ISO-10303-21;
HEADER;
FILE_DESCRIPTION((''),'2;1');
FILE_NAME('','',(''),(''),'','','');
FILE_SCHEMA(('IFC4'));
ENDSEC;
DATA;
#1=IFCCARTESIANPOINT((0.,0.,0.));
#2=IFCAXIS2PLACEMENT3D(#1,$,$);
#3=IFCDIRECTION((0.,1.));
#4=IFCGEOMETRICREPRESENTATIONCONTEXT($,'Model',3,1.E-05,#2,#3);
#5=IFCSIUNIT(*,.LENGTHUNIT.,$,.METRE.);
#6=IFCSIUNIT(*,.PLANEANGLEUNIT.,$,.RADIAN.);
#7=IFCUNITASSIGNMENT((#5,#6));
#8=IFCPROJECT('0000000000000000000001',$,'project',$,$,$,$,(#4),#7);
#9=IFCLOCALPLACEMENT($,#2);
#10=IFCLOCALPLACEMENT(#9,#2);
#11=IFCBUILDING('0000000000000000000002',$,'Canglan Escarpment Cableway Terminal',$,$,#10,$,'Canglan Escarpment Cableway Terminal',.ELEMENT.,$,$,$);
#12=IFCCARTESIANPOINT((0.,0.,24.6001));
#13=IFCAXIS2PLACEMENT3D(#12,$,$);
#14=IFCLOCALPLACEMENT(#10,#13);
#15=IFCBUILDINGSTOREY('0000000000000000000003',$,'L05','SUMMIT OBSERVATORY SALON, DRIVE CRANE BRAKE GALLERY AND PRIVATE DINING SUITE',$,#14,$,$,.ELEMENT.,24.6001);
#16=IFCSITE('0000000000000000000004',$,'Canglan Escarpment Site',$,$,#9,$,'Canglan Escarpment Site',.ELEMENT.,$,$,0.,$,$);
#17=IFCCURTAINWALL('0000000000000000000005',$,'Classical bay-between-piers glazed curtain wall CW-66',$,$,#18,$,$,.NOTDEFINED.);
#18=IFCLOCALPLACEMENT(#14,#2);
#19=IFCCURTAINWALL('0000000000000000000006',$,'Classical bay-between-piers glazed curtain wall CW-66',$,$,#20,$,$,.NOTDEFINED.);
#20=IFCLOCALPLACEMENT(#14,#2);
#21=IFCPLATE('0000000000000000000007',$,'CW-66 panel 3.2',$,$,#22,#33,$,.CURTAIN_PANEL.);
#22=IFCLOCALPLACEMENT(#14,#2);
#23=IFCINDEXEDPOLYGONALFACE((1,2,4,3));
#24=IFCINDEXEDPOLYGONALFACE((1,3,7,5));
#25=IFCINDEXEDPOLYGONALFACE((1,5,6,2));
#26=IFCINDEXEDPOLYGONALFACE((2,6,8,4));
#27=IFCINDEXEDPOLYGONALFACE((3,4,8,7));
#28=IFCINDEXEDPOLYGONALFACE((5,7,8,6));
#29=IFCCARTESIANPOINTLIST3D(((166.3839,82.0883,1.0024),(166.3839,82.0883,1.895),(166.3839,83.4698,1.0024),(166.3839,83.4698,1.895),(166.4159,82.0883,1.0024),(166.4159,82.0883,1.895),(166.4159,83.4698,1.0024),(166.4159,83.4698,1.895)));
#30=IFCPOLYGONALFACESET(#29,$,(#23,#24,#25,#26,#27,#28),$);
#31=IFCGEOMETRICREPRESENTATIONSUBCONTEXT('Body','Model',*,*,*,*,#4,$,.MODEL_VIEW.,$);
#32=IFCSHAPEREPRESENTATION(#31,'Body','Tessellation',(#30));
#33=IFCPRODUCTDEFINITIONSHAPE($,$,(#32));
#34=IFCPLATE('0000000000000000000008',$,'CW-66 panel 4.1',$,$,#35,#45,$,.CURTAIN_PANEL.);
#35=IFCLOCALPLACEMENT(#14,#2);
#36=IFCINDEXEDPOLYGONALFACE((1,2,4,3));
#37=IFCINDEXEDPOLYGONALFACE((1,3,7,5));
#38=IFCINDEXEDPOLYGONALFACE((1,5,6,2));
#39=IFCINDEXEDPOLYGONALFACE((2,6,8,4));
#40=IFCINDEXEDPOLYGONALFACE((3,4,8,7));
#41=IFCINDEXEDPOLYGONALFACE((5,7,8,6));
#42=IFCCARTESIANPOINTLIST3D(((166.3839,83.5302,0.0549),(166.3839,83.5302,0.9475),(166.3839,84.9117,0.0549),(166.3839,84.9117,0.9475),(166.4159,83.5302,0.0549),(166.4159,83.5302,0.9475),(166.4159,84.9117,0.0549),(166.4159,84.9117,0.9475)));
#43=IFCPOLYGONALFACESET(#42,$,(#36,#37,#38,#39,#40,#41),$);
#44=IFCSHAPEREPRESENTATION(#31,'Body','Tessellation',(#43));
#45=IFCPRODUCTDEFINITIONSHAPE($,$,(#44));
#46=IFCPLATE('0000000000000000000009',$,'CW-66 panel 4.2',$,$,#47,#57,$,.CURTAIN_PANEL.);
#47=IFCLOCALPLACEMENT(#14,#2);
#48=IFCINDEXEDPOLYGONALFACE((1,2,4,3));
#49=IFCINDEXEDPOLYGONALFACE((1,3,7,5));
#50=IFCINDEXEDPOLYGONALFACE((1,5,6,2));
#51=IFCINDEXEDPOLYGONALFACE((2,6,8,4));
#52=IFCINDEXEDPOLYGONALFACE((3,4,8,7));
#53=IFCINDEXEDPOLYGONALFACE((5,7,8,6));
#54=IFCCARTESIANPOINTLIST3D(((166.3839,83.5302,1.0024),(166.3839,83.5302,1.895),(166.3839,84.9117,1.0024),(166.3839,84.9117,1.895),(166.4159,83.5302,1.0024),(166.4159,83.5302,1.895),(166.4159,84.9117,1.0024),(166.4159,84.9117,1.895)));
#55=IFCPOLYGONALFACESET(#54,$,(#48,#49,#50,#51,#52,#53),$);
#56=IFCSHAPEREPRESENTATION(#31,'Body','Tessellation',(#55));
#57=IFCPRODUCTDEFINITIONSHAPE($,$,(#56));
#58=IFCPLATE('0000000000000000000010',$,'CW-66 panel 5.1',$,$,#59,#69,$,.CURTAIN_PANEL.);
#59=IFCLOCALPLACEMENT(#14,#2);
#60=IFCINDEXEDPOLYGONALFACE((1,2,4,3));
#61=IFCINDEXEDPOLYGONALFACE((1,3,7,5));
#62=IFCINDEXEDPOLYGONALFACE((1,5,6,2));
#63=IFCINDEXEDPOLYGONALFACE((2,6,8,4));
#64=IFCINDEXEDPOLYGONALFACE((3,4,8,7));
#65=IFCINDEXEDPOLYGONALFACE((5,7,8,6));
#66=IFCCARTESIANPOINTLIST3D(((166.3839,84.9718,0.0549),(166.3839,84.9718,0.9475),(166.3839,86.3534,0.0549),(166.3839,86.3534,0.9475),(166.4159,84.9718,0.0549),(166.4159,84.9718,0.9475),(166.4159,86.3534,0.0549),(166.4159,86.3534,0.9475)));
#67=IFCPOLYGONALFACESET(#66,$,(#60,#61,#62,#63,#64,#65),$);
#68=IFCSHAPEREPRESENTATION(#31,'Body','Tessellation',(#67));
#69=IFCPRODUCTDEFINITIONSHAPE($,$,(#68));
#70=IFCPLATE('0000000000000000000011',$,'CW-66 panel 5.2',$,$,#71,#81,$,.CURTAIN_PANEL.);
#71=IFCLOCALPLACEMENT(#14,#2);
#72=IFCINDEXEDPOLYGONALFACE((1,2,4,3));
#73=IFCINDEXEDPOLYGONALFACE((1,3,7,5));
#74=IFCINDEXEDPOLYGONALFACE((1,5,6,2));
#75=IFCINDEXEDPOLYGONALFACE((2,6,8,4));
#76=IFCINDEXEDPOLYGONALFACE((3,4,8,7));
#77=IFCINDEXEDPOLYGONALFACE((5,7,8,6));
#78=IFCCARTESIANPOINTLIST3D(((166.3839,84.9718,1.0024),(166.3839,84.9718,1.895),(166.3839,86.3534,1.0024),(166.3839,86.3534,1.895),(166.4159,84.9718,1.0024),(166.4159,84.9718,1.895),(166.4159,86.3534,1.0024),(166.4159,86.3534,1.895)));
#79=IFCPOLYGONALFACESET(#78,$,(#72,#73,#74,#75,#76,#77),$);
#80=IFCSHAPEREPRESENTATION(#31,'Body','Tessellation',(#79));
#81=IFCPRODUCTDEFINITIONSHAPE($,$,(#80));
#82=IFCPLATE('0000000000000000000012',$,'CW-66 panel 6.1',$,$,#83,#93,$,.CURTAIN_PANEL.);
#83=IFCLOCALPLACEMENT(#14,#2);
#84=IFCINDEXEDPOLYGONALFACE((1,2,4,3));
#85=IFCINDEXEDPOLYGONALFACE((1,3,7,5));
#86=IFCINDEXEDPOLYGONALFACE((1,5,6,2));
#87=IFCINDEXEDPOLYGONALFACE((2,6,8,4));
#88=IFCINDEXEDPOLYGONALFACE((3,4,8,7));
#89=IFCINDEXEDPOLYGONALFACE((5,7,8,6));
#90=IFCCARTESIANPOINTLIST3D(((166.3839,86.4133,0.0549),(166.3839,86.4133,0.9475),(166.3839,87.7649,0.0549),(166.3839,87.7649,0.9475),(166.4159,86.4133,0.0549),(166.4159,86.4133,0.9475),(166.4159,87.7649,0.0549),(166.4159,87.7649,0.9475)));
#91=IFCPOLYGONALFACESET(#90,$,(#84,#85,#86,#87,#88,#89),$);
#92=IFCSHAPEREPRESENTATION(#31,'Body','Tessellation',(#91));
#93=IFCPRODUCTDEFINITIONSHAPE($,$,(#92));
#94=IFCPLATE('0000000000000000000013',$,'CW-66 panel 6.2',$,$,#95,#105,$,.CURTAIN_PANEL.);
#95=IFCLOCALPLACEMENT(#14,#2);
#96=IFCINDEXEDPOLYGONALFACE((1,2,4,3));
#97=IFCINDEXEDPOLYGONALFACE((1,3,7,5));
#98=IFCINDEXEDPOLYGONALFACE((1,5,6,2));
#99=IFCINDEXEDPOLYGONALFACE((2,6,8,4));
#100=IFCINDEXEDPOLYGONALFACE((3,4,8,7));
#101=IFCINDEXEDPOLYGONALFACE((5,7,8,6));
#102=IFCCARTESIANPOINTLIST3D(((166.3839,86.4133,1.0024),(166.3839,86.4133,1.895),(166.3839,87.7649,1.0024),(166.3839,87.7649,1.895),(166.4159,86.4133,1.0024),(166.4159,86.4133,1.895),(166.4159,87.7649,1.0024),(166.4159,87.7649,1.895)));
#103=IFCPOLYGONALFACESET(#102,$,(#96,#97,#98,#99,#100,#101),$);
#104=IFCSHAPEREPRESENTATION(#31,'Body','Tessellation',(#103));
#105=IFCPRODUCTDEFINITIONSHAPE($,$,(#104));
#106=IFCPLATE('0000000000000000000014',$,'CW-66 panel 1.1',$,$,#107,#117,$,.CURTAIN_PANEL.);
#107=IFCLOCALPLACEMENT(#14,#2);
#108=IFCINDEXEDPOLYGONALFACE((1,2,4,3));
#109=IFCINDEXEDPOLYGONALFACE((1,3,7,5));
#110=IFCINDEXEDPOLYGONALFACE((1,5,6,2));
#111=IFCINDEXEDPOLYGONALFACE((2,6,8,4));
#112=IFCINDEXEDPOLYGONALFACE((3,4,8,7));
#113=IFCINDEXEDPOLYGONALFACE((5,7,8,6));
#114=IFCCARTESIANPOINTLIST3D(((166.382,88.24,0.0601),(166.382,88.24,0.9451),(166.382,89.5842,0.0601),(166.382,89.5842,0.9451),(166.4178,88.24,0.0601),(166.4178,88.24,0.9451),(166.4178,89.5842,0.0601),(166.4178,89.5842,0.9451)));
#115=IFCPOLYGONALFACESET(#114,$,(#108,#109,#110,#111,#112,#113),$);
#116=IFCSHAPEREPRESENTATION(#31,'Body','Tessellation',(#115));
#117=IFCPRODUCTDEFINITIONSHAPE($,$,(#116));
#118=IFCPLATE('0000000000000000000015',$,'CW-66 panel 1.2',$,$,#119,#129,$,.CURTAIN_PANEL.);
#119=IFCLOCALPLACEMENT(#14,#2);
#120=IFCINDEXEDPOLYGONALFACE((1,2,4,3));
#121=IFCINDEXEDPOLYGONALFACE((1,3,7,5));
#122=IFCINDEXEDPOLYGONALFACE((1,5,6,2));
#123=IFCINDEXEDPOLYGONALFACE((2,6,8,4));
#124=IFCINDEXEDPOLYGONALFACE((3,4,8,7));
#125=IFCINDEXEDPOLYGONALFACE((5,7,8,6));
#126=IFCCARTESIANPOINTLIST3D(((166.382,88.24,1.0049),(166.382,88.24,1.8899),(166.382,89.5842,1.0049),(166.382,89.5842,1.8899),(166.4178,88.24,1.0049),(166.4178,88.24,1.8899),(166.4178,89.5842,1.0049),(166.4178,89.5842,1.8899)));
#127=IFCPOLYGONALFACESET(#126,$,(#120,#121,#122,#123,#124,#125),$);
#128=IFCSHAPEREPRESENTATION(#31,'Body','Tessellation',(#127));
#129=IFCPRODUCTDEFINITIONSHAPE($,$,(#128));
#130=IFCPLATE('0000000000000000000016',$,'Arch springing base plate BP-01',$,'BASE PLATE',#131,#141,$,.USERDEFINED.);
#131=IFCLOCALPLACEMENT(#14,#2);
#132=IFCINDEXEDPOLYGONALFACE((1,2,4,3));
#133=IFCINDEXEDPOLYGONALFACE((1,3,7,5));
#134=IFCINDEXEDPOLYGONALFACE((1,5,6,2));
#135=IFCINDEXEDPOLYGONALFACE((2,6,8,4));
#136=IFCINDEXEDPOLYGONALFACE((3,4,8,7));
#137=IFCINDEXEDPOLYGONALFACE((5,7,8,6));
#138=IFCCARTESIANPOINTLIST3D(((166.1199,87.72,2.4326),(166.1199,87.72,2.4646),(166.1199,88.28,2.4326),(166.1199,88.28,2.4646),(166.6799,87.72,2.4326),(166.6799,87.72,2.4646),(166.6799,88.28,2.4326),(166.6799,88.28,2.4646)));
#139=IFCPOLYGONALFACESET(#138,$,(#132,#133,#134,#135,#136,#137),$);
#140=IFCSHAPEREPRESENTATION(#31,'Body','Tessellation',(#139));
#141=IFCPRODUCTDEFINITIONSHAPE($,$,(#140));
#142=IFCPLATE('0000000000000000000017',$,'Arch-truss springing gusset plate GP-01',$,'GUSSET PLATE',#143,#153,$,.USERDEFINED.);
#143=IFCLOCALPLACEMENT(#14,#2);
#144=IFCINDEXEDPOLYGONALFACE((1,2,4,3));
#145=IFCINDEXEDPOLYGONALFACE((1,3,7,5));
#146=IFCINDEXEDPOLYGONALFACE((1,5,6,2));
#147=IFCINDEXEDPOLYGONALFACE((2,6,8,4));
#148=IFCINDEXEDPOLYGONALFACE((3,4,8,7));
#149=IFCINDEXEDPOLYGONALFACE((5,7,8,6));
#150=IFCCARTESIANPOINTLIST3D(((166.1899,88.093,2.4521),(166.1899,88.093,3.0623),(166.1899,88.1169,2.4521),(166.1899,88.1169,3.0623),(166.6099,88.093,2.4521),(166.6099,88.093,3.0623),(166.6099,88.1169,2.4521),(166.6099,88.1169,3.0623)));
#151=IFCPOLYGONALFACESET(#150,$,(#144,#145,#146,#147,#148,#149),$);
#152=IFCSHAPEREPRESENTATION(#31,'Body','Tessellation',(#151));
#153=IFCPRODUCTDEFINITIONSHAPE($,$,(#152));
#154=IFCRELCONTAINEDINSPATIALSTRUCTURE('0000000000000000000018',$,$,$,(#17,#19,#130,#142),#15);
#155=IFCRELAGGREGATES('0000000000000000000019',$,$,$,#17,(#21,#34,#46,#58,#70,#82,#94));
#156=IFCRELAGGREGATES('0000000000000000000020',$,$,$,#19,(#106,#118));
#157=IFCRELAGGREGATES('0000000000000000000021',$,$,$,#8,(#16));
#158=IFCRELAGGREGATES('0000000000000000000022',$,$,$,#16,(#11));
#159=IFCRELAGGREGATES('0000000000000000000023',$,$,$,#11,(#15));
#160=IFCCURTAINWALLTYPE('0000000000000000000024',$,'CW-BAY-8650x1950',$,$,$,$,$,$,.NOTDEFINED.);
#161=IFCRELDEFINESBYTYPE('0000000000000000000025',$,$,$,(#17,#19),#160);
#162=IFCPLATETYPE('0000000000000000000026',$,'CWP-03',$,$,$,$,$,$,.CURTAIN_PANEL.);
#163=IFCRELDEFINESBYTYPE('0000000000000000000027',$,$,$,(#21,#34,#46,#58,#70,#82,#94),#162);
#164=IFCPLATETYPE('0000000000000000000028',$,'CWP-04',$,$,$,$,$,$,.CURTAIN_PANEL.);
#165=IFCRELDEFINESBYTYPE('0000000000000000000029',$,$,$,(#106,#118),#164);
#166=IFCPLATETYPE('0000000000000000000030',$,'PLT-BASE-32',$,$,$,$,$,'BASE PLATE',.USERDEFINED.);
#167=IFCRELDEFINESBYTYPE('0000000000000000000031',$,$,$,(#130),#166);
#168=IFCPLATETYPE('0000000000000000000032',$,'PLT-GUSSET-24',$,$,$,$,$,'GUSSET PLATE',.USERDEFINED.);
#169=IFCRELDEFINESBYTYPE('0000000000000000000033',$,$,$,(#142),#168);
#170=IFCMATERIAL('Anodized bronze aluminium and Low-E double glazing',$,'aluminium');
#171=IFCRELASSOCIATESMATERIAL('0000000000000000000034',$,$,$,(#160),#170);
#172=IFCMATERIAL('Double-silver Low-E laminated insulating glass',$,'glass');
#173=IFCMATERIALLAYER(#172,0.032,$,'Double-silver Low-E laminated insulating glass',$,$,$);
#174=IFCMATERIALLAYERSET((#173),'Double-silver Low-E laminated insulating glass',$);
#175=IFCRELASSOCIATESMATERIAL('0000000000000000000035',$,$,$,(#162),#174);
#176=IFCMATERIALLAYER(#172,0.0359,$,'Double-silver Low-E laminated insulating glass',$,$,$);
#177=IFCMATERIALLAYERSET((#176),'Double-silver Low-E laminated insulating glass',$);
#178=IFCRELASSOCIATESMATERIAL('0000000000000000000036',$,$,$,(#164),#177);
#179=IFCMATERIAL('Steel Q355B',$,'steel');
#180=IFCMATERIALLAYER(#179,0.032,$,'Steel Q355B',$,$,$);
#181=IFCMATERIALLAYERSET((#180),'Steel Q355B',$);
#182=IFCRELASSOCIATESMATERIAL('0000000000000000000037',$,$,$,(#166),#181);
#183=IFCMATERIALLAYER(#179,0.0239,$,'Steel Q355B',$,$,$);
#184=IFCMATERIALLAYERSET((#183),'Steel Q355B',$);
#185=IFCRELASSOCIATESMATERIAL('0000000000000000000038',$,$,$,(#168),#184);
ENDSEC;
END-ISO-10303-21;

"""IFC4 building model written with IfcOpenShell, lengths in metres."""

from ifc_helpers import new_model, si_unit, direction, frame, origin, origin_2d, place, context, subcontext, project, spatial, rectangle, extrude, material, layer, layer_set, type_object, element, aggregate, save


model = new_model("IFC4")

# Units and contexts
model_context = context("Model", 3, precision=1e-05, world=origin(), true_north=direction((0.0, 1.0)))
body_context = subcontext(model_context, "Body", "Model", "MODEL_VIEW")
ifc_project = project(units=[si_unit("LENGTHUNIT", "METRE"), si_unit("PLANEANGLEUNIT", "RADIAN")], contexts=[model_context])

# Site, building, storey
site_placement = place(None, origin())
site = spatial("IfcSite", under=ifc_project, at=site_placement, Name="Canglan Escarpment Site", LongName="Canglan Escarpment Site", CompositionType="ELEMENT", RefElevation=0.0)
building_placement = place(site_placement, origin())
building = spatial("IfcBuilding", under=site, at=building_placement, Name="Canglan Escarpment Cableway Terminal", LongName="Canglan Escarpment Cableway Terminal", CompositionType="ELEMENT")
storey_placement = place(building_placement, frame((0.0, 0.0, 24.6001)))
storey = spatial("IfcBuildingStorey", under=building, at=storey_placement, Name="L05", Description="SUMMIT OBSERVATORY SALON, DRIVE CRANE BRAKE GALLERY AND PRIVATE DINING SUITE", CompositionType="ELEMENT", Elevation=24.6001)

# Shared definitions
ifc_material_1 = material(Name="Steel Q355B", Category="steel")

# Curtain walls
ifc_material_2 = material(Name="Anodized bronze aluminium and Low-E double glazing", Category="aluminium")
curtain_wall_type = type_object("IfcCurtainWallType", Name="CW-BAY-8650x1950", PredefinedType="NOTDEFINED", material=ifc_material_2)
curtain_wall_1_placement = place(storey_placement, origin())
curtain_wall_1 = element("IfcCurtainWall", 1, at=curtain_wall_1_placement, inside=storey, type_object=curtain_wall_type, Name="Classical bay-between-piers glazed curtain wall CW-66", PredefinedType="NOTDEFINED")
curtain_wall_2_placement = place(storey_placement, origin())
curtain_wall_2 = element("IfcCurtainWall", 2, at=curtain_wall_2_placement, inside=storey, type_object=curtain_wall_type, Name="Classical bay-between-piers glazed curtain wall CW-66", PredefinedType="NOTDEFINED")

# Plates
ifc_material_3 = material(Name="Double-silver Low-E laminated insulating glass", Category="glass")
ifc_layer_1 = layer(ifc_material_3, 0.032, Name="Double-silver Low-E laminated insulating glass")
ifc_layer_set_1 = layer_set([ifc_layer_1], Name="Double-silver Low-E laminated insulating glass")
plate_type_1 = type_object("IfcPlateType", Name="CWP-03", PredefinedType="CURTAIN_PANEL", material=ifc_layer_set_1)
plate_1_placement = place(storey_placement, frame((166.3999, 82.7791, 1.0024), z_axis=(0.0, 0.0, 1.0), x_axis=(0.0, 1.0, 0.0)))
plate_1 = element("IfcPlate", 3, at=plate_1_placement, type_object=plate_type_1, Name="CW-66 panel 3.2", PredefinedType="CURTAIN_PANEL", context=body_context, shape_type="SweptSolid", body=[
    extrude(rectangle(XDim=1.3816, YDim=0.032, at=origin_2d()), origin(), (0.0, 0.0, 1.0), 0.8926),
])
plate_2_placement = place(storey_placement, frame((166.3999, 84.2209, 0.0549), z_axis=(0.0, 0.0, 1.0), x_axis=(0.0, 1.0, 0.0)))
plate_2 = element("IfcPlate", 4, at=plate_2_placement, type_object=plate_type_1, Name="CW-66 panel 4.1", PredefinedType="CURTAIN_PANEL", context=body_context, shape_type="SweptSolid", body=[
    extrude(rectangle(XDim=1.3816, YDim=0.032, at=origin_2d()), origin(), (0.0, 0.0, 1.0), 0.8926),
])
plate_3_placement = place(storey_placement, frame((166.3999, 84.2209, 1.0024), z_axis=(0.0, 0.0, 1.0), x_axis=(0.0, 1.0, 0.0)))
plate_3 = element("IfcPlate", 5, at=plate_3_placement, type_object=plate_type_1, Name="CW-66 panel 4.2", PredefinedType="CURTAIN_PANEL", context=body_context, shape_type="SweptSolid", body=[
    extrude(rectangle(XDim=1.3816, YDim=0.032, at=origin_2d()), origin(), (0.0, 0.0, 1.0), 0.8926),
])
plate_4_placement = place(storey_placement, frame((166.3999, 85.6626, 0.0549), z_axis=(0.0, 0.0, 1.0), x_axis=(0.0, 1.0, 0.0)))
plate_4 = element("IfcPlate", 6, at=plate_4_placement, type_object=plate_type_1, Name="CW-66 panel 5.1", PredefinedType="CURTAIN_PANEL", context=body_context, shape_type="SweptSolid", body=[
    extrude(rectangle(XDim=1.3816, YDim=0.032, at=origin_2d()), origin(), (0.0, 0.0, 1.0), 0.8926),
])
plate_5_placement = place(storey_placement, frame((166.3999, 85.6626, 1.0024), z_axis=(0.0, 0.0, 1.0), x_axis=(0.0, 1.0, 0.0)))
plate_5 = element("IfcPlate", 7, at=plate_5_placement, type_object=plate_type_1, Name="CW-66 panel 5.2", PredefinedType="CURTAIN_PANEL", context=body_context, shape_type="SweptSolid", body=[
    extrude(rectangle(XDim=1.3816, YDim=0.032, at=origin_2d()), origin(), (0.0, 0.0, 1.0), 0.8926),
])
plate_6_placement = place(storey_placement, frame((166.3999, 87.0891, 0.0549), z_axis=(0.0, 0.0, 1.0), x_axis=(0.0, 1.0, 0.0)))
plate_6 = element("IfcPlate", 8, at=plate_6_placement, type_object=plate_type_1, Name="CW-66 panel 6.1", PredefinedType="CURTAIN_PANEL", context=body_context, shape_type="SweptSolid", body=[
    extrude(rectangle(XDim=1.3516, YDim=0.032, at=origin_2d()), origin(), (0.0, 0.0, 1.0), 0.8926),
])
plate_7_placement = place(storey_placement, frame((166.3999, 87.0891, 1.0024), z_axis=(0.0, 0.0, 1.0), x_axis=(0.0, 1.0, 0.0)))
plate_7 = element("IfcPlate", 9, at=plate_7_placement, type_object=plate_type_1, Name="CW-66 panel 6.2", PredefinedType="CURTAIN_PANEL", context=body_context, shape_type="SweptSolid", body=[
    extrude(rectangle(XDim=1.3516, YDim=0.032, at=origin_2d()), origin(), (0.0, 0.0, 1.0), 0.8926),
])
aggregate(curtain_wall_1, [plate_1, plate_2, plate_3, plate_4, plate_5, plate_6, plate_7])
ifc_layer_2 = layer(ifc_material_3, 0.0359, Name="Double-silver Low-E laminated insulating glass")
ifc_layer_set_2 = layer_set([ifc_layer_2], Name="Double-silver Low-E laminated insulating glass")
plate_type_2 = type_object("IfcPlateType", Name="CWP-04", PredefinedType="CURTAIN_PANEL", material=ifc_layer_set_2)
plate_8_placement = place(storey_placement, frame((166.3999, 88.9121, 0.0601), z_axis=(0.0, 0.0, 1.0), x_axis=(0.0, 1.0, 0.0)))
plate_8 = element("IfcPlate", 10, at=plate_8_placement, type_object=plate_type_2, Name="CW-66 panel 1.1", PredefinedType="CURTAIN_PANEL", context=body_context, shape_type="SweptSolid", body=[
    extrude(rectangle(XDim=1.3442, YDim=0.0359, at=origin_2d()), origin(), (0.0, 0.0, 1.0), 0.885),
])
plate_9_placement = place(storey_placement, frame((166.3999, 88.9121, 1.0049), z_axis=(0.0, 0.0, 1.0), x_axis=(0.0, 1.0, 0.0)))
plate_9 = element("IfcPlate", 11, at=plate_9_placement, type_object=plate_type_2, Name="CW-66 panel 1.2", PredefinedType="CURTAIN_PANEL", context=body_context, shape_type="SweptSolid", body=[
    extrude(rectangle(XDim=1.3442, YDim=0.0359, at=origin_2d()), origin(), (0.0, 0.0, 1.0), 0.885),
])
aggregate(curtain_wall_2, [plate_8, plate_9])

# Plates
ifc_layer_3 = layer(ifc_material_1, 0.032, Name="Steel Q355B")
ifc_layer_set_3 = layer_set([ifc_layer_3], Name="Steel Q355B")
plate_type_3 = type_object("IfcPlateType", Name="PLT-BASE-32", ElementType="BASE PLATE", PredefinedType="USERDEFINED", material=ifc_layer_set_3)
plate_10_placement = place(storey_placement, frame((166.3999, 88.0, 2.4326), z_axis=(0.0, 0.0, 1.0), x_axis=(1.0, 0.0, 0.0)))
element("IfcPlate", 12, at=plate_10_placement, inside=storey, type_object=plate_type_3, Name="Arch springing base plate BP-01", ObjectType="BASE PLATE", PredefinedType="USERDEFINED", context=body_context, shape_type="SweptSolid", body=[
    extrude(rectangle(XDim=0.5601, YDim=0.5601, at=origin_2d()), origin(), (0.0, 0.0, 1.0), 0.032),
])
ifc_layer_4 = layer(ifc_material_1, 0.0239, Name="Steel Q355B")
ifc_layer_set_4 = layer_set([ifc_layer_4], Name="Steel Q355B")
plate_type_4 = type_object("IfcPlateType", Name="PLT-GUSSET-24", ElementType="GUSSET PLATE", PredefinedType="USERDEFINED", material=ifc_layer_set_4)
plate_11_placement = place(storey_placement, frame((166.3999, 88.105, 2.4521), z_axis=(0.0, 0.0, 1.0), x_axis=(1.0, 0.0, 0.0)))
element("IfcPlate", 13, at=plate_11_placement, inside=storey, type_object=plate_type_4, Name="Arch-truss springing gusset plate GP-01", ObjectType="GUSSET PLATE", PredefinedType="USERDEFINED", context=body_context, shape_type="SweptSolid", body=[
    extrude(rectangle(XDim=0.4199, YDim=0.0239, at=origin_2d()), origin(), (0.0, 0.0, 1.0), 0.6101),
])

save(model, "model.ifc")
